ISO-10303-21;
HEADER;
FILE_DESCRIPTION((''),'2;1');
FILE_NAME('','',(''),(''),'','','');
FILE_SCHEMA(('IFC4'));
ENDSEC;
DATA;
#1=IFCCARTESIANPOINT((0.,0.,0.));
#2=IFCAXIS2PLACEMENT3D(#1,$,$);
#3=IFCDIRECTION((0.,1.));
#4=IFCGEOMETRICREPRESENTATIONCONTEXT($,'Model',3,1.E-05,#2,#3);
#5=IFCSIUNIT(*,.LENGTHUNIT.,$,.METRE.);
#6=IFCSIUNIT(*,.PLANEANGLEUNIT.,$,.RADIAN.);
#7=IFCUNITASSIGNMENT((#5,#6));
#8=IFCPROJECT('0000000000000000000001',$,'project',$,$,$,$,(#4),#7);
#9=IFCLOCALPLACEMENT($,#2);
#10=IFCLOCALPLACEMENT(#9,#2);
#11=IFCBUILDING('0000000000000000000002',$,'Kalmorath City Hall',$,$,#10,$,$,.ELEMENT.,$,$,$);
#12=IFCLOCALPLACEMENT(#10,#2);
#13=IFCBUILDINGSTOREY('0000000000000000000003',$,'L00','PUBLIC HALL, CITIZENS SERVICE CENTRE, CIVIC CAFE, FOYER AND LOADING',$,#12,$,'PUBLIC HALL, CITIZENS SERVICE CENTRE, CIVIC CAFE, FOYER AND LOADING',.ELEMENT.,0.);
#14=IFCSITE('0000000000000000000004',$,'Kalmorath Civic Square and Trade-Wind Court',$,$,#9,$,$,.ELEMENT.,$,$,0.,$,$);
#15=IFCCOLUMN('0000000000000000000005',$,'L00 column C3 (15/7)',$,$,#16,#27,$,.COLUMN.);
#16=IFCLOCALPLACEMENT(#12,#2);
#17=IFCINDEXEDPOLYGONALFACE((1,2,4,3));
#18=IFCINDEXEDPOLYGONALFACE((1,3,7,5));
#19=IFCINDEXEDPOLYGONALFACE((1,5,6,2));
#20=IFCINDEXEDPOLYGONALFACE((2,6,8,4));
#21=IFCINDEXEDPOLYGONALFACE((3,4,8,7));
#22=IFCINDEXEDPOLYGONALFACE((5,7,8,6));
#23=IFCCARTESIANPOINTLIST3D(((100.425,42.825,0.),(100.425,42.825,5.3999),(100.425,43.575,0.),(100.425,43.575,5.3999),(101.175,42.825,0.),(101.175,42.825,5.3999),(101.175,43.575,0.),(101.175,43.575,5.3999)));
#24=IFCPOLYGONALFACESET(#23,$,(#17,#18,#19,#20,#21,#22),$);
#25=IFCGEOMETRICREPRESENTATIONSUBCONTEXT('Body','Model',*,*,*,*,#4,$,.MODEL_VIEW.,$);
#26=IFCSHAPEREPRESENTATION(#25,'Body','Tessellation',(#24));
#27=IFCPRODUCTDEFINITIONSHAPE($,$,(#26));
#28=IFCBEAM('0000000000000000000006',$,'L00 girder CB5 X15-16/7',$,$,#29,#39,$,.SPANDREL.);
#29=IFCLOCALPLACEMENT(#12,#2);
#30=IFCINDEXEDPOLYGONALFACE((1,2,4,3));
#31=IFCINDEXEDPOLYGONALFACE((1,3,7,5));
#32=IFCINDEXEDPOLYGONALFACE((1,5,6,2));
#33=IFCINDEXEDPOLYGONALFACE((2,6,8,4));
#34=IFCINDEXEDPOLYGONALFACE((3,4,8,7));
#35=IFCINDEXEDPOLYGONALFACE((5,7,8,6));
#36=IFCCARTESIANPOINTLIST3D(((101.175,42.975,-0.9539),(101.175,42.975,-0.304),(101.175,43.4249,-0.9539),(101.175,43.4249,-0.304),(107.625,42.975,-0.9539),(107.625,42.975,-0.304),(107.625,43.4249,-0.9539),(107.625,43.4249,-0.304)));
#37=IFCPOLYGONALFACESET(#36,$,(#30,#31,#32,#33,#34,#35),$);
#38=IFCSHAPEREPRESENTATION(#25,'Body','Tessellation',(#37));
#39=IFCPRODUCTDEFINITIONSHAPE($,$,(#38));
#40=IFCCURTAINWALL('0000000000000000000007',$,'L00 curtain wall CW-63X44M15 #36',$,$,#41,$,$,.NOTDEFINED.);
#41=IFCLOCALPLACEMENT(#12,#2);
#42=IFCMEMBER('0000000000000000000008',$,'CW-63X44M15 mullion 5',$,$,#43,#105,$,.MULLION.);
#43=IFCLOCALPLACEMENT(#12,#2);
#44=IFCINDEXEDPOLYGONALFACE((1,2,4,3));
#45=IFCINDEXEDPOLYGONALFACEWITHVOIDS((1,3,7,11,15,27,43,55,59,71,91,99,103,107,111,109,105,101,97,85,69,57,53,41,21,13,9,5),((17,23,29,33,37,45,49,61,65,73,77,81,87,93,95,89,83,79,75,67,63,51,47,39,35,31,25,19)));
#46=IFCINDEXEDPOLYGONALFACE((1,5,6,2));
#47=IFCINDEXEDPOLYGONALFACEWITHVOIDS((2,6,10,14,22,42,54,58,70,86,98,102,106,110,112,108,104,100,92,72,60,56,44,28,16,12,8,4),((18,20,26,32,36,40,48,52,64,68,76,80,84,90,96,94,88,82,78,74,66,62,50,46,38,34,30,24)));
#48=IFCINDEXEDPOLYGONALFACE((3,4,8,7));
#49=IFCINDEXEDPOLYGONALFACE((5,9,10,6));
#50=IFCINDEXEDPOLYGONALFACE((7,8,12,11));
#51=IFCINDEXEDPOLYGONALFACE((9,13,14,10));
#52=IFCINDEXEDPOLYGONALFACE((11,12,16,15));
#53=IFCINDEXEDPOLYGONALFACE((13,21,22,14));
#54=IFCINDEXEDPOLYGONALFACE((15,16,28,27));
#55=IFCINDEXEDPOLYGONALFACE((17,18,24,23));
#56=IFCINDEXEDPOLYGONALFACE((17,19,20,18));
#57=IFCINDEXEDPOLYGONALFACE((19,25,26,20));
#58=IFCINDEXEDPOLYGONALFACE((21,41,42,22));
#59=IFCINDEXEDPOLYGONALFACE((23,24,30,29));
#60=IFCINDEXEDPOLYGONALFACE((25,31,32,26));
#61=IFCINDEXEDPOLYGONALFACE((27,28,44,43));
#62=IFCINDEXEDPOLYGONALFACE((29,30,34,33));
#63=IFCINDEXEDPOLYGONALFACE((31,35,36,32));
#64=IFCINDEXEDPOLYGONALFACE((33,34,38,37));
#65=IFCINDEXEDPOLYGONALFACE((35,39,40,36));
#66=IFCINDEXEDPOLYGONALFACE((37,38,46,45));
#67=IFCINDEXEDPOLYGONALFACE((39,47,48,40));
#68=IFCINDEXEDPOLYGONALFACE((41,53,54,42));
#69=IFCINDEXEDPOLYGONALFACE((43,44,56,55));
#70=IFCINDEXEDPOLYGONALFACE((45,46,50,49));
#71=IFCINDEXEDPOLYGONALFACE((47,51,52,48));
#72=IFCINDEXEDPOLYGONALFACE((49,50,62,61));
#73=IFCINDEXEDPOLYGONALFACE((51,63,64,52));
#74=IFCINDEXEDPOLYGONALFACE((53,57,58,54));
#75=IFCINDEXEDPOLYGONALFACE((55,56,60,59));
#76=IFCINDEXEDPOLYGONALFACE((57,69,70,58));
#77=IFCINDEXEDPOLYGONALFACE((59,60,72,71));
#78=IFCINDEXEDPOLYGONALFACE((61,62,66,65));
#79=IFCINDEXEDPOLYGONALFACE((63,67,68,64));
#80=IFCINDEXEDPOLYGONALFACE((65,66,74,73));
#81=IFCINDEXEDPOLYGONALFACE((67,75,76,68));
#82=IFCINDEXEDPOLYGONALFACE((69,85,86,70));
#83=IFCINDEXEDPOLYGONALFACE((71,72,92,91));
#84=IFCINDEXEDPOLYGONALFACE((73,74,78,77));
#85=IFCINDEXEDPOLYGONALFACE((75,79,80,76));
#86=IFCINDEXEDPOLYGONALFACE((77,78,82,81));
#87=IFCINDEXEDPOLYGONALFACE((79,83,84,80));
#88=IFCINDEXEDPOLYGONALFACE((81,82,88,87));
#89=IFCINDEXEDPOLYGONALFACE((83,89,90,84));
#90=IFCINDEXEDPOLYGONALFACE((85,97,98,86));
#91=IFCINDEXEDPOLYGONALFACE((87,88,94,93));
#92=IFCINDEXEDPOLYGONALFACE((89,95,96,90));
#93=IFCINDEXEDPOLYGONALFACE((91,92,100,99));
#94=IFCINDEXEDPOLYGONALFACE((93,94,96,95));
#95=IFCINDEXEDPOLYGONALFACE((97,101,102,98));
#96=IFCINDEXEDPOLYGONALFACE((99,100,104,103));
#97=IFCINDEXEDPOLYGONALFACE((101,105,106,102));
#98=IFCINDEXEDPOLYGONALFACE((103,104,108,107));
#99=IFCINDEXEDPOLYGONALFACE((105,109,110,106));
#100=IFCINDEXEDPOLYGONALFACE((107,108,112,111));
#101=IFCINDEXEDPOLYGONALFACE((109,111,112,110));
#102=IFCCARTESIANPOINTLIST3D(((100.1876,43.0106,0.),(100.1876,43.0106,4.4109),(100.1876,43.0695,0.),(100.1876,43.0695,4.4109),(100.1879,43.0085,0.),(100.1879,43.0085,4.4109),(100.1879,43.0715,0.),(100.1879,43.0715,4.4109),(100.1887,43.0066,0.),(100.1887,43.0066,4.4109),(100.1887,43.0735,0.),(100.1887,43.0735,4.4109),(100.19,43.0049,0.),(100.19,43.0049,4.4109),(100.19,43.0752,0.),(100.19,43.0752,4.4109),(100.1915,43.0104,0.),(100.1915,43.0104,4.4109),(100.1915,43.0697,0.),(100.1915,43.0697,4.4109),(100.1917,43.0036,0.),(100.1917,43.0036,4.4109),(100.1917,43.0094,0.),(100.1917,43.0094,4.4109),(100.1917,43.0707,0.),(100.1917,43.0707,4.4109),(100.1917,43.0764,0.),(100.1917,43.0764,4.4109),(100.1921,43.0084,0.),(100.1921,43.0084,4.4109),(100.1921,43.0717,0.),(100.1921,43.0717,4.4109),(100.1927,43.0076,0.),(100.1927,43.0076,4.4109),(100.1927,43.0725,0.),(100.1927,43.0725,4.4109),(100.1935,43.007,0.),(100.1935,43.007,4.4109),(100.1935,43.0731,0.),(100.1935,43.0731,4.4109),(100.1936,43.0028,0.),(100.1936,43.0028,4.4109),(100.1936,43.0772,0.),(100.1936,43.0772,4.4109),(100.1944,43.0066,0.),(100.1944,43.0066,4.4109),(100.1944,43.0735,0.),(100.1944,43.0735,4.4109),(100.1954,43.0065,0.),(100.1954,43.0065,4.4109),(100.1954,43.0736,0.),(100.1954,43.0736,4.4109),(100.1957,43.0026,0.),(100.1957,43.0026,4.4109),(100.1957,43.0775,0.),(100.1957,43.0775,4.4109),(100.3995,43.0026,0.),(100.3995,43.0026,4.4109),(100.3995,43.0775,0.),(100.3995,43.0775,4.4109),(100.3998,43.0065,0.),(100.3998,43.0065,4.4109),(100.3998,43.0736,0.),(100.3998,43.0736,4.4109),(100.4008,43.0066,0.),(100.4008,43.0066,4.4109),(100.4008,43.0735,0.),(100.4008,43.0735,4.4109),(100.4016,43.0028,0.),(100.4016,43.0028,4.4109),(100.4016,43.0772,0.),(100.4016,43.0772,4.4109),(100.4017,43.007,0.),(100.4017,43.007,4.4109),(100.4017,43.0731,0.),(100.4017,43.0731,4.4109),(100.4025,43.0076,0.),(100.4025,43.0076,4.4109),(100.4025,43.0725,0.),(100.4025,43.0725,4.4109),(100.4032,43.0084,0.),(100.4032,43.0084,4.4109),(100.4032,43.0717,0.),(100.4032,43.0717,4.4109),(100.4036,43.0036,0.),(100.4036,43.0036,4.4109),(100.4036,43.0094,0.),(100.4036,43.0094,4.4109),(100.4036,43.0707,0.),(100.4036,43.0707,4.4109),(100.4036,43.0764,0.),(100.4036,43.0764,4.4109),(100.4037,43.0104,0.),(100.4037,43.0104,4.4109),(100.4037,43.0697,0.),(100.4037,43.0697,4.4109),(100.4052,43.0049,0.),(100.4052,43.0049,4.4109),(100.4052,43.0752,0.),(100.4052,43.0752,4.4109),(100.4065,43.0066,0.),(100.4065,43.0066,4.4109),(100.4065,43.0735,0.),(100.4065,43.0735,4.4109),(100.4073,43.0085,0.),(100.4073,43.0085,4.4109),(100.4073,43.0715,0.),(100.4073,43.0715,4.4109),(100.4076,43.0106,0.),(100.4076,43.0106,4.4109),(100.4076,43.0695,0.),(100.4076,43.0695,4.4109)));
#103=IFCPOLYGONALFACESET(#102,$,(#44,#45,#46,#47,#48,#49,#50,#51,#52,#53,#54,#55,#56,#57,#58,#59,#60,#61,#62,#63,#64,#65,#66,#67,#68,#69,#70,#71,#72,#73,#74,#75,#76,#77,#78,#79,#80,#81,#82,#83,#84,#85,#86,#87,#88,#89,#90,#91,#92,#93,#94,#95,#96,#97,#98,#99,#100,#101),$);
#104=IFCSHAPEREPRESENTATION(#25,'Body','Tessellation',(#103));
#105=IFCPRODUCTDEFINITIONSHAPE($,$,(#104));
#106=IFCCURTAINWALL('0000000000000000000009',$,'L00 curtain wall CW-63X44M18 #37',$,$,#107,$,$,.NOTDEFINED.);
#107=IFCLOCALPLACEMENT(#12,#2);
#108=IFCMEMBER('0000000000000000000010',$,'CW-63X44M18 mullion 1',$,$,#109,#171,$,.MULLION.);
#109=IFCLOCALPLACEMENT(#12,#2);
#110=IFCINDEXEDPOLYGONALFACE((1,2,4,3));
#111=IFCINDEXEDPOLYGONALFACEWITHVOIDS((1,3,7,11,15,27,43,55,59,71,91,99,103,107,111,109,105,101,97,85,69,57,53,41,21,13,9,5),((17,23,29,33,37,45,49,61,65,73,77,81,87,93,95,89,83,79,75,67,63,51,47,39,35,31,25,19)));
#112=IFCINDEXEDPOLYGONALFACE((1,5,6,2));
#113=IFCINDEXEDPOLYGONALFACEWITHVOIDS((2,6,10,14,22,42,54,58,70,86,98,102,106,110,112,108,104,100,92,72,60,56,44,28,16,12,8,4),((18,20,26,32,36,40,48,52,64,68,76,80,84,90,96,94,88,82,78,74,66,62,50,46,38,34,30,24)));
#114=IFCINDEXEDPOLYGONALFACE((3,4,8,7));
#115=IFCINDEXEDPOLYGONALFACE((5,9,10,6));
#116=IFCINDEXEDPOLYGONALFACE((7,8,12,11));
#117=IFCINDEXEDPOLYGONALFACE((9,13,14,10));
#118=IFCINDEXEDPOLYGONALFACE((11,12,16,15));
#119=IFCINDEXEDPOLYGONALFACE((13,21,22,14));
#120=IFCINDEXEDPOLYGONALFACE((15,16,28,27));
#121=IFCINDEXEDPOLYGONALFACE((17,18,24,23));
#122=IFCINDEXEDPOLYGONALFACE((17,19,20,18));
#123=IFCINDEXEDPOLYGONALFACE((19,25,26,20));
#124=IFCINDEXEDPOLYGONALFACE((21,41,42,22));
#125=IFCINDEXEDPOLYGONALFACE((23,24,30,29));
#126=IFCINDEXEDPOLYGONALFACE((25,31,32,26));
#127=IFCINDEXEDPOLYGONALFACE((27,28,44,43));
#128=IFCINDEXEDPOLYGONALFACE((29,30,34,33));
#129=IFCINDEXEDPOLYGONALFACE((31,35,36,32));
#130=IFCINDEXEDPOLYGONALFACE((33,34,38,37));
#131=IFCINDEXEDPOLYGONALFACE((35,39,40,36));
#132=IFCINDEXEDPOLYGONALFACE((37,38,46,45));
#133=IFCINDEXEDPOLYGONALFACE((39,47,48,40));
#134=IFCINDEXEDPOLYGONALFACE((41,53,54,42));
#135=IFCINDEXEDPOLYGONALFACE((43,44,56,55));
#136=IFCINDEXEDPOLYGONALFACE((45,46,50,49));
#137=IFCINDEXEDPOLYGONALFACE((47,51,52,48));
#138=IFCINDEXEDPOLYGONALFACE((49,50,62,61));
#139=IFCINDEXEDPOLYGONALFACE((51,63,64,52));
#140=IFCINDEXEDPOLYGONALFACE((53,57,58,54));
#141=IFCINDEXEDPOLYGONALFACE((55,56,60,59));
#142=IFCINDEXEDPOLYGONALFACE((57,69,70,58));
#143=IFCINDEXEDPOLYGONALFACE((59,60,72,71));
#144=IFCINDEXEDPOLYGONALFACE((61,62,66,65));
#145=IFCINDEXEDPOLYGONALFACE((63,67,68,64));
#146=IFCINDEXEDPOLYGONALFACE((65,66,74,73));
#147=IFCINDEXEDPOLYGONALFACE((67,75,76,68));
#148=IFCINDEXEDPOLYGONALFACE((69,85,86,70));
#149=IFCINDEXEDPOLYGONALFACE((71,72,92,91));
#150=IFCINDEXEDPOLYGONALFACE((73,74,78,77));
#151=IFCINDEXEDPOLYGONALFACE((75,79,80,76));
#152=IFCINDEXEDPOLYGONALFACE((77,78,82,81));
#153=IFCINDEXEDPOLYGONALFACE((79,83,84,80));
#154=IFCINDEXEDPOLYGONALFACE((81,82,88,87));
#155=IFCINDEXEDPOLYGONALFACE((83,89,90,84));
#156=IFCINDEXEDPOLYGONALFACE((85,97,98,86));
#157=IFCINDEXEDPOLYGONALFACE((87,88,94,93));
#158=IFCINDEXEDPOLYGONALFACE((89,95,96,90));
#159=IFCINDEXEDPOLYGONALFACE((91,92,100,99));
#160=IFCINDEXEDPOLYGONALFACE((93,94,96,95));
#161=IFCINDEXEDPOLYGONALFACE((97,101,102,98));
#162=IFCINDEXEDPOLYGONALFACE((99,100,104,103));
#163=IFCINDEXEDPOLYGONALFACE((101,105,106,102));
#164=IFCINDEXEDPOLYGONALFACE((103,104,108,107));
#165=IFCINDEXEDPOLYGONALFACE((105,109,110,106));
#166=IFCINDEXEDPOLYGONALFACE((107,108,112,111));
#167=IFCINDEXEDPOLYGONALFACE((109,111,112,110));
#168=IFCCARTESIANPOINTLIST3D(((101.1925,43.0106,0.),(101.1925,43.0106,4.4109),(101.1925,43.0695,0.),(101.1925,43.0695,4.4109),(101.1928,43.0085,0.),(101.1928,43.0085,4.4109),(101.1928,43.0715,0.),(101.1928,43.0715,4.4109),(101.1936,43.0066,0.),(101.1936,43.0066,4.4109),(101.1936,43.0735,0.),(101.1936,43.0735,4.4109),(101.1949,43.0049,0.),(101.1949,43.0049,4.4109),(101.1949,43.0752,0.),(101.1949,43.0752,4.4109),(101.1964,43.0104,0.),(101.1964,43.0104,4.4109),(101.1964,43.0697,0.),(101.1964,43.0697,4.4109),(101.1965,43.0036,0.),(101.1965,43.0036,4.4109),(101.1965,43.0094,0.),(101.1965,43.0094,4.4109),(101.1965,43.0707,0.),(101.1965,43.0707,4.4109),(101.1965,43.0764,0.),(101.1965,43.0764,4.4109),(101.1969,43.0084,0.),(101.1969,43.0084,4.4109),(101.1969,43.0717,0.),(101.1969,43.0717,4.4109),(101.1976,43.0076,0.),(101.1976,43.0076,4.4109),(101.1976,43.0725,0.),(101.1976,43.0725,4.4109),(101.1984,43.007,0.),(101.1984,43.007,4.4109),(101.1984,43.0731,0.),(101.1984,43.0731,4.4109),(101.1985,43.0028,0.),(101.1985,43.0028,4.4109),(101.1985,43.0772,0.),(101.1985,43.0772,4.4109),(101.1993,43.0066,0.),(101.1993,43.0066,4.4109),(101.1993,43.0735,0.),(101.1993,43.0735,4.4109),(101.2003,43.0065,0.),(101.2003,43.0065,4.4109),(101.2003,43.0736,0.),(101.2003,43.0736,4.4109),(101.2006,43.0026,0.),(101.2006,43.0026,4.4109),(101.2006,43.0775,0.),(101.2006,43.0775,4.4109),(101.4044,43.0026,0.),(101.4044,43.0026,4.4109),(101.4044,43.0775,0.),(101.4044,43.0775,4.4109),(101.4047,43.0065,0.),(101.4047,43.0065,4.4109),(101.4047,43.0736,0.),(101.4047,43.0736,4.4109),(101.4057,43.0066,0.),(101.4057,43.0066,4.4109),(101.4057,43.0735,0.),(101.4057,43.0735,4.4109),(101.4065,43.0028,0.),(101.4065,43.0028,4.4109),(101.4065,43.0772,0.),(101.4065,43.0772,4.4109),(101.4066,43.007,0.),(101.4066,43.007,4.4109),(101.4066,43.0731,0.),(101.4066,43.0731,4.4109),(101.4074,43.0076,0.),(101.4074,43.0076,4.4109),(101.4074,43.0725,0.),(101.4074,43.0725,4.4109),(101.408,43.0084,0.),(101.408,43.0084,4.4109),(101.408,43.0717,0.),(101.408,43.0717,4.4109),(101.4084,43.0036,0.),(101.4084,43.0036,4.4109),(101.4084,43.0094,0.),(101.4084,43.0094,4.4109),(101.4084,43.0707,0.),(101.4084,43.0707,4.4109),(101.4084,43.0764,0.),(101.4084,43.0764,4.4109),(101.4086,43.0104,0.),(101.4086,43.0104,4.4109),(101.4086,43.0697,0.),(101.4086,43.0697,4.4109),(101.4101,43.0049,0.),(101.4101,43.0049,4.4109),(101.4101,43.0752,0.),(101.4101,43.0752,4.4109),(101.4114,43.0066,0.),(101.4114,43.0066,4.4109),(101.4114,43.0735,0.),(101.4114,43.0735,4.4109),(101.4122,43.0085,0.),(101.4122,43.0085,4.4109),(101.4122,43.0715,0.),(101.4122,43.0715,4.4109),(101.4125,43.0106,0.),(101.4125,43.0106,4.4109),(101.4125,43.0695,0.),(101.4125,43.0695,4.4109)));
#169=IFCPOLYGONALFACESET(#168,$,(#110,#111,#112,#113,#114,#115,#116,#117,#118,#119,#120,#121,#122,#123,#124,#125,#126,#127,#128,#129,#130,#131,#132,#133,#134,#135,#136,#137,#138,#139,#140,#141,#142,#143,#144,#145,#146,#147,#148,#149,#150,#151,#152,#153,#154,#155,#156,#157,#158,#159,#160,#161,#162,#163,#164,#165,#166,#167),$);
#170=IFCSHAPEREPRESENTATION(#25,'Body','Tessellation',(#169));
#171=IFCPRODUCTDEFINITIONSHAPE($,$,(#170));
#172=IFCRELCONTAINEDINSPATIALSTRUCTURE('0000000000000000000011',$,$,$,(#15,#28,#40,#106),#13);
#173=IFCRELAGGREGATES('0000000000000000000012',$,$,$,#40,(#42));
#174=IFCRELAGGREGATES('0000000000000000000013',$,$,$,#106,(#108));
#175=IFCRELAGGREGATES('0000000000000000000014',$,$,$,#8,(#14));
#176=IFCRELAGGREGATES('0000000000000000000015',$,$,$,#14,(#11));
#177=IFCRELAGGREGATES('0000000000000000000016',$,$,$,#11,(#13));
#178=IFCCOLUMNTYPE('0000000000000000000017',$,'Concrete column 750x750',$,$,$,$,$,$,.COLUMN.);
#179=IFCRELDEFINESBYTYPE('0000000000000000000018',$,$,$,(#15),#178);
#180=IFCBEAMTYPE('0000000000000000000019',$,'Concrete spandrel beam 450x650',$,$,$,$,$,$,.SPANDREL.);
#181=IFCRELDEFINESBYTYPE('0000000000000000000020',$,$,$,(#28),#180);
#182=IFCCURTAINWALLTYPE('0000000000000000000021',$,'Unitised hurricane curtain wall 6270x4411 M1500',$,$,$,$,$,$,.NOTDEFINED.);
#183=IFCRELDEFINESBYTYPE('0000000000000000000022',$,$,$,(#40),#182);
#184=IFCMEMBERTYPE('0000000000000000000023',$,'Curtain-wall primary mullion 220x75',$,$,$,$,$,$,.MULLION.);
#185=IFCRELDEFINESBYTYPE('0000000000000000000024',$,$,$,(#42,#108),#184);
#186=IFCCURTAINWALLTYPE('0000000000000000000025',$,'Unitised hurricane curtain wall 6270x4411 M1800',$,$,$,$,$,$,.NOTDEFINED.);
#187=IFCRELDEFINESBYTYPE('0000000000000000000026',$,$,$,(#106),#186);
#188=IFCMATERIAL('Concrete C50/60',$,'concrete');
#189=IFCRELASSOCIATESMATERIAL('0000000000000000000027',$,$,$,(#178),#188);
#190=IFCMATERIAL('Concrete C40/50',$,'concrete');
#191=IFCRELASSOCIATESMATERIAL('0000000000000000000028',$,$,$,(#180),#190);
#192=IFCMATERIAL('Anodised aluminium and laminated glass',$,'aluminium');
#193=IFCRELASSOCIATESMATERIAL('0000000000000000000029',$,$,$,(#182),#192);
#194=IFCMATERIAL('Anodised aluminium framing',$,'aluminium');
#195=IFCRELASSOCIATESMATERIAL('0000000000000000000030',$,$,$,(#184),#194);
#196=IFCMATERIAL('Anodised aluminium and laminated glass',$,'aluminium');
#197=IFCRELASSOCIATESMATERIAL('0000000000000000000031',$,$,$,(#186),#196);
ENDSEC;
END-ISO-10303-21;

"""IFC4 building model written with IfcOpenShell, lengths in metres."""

from ifc_helpers import new_model, si_unit, direction, frame, origin, origin_2d, place, context, subcontext, project, spatial, rectangle, hollow_rectangle, extrude, material, material_profile, profile_set, type_object, element, aggregate, save


model = new_model("IFC4")

# Units and contexts
model_context = context("Model", 3, precision=1e-05, world=origin(), true_north=direction((0.0, 1.0)))
body_context = subcontext(model_context, "Body", "Model", "MODEL_VIEW")
ifc_project = project(units=[si_unit("LENGTHUNIT", "METRE"), si_unit("PLANEANGLEUNIT", "RADIAN")], contexts=[model_context])

# Site, building, storey
site_placement = place(None, origin())
site = spatial("IfcSite", under=ifc_project, at=site_placement, Name="Kalmorath Civic Square and Trade-Wind Court", CompositionType="ELEMENT", RefElevation=0.0)
building_placement = place(site_placement, origin())
building = spatial("IfcBuilding", under=site, at=building_placement, Name="Kalmorath City Hall", CompositionType="ELEMENT")
storey_placement = place(building_placement, origin())
storey = spatial("IfcBuildingStorey", under=building, at=storey_placement, Name="L00", Description="PUBLIC HALL, CITIZENS SERVICE CENTRE, CIVIC CAFE, FOYER AND LOADING", LongName="PUBLIC HALL, CITIZENS SERVICE CENTRE, CIVIC CAFE, FOYER AND LOADING", CompositionType="ELEMENT", Elevation=0.0)

# Column
ifc_material_1 = material(Name="Concrete C50/60", Category="concrete")
ifc_material_profile_1 = material_profile(ifc_material_1, rectangle(XDim=0.75, YDim=0.75, at=origin_2d()), Name="RC-COL-750X750")
ifc_profile_set_1 = profile_set([ifc_material_profile_1], Name="Concrete C50/60")
column_type = type_object("IfcColumnType", Name="Concrete column 750x750", PredefinedType="COLUMN", material=ifc_profile_set_1)
column_placement = place(storey_placement, frame((100.8, 43.2, 0.0), z_axis=(0.0, 0.0, 1.0), x_axis=(1.0, 0.0, 0.0)))
element("IfcColumn", 1, at=column_placement, inside=storey, type_object=column_type, Name="L00 column C3 (15/7)", PredefinedType="COLUMN", context=body_context, shape_type="SweptSolid", body=[
    extrude(rectangle(XDim=0.75, YDim=0.75, at=origin_2d()), origin(), (0.0, 0.0, 1.0), 5.3999),
])

# Beam
ifc_material_2 = material(Name="Concrete C40/50", Category="concrete")
ifc_material_profile_2 = material_profile(ifc_material_2, rectangle(XDim=0.45, YDim=0.6499, at=origin_2d()), Name="RC-BM-450X650")
ifc_profile_set_2 = profile_set([ifc_material_profile_2], Name="Concrete C40/50")
beam_type = type_object("IfcBeamType", Name="Concrete spandrel beam 450x650", PredefinedType="SPANDREL", material=ifc_profile_set_2)
beam_placement = place(storey_placement, frame((101.175, 43.2, -0.6289), z_axis=(1.0, 0.0, 0.0), x_axis=(0.0, 1.0, 0.0)))
element("IfcBeam", 2, at=beam_placement, inside=storey, type_object=beam_type, Name="L00 girder CB5 X15-16/7", PredefinedType="SPANDREL", context=body_context, shape_type="SweptSolid", body=[
    extrude(rectangle(XDim=0.45, YDim=0.6499, at=origin_2d()), origin(), (0.0, 0.0, 1.0), 6.45),
])

# Curtain wall, member
ifc_material_3 = material(Name="Anodised aluminium and laminated glass", Category="aluminium")
curtain_wall_type_1 = type_object("IfcCurtainWallType", Name="Unitised hurricane curtain wall 6270x4411 M1500", PredefinedType="NOTDEFINED", material=ifc_material_3)
curtain_wall_1_placement = place(storey_placement, origin())
curtain_wall_1 = element("IfcCurtainWall", 3, at=curtain_wall_1_placement, inside=storey, type_object=curtain_wall_type_1, Name="L00 curtain wall CW-63X44M15 #36", PredefinedType="NOTDEFINED")
ifc_material_4 = material(Name="Anodised aluminium framing", Category="aluminium")
ifc_material_profile_3 = material_profile(ifc_material_4, hollow_rectangle(XDim=0.075, YDim=0.22, WallThickness=0.0039, InnerFilletRadius=0.0039, OuterFilletRadius=0.0081, at=origin_2d()), Name="ALU-MUL-220X75X4")
ifc_profile_set_3 = profile_set([ifc_material_profile_3], Name="Anodised aluminium framing")
member_type_1 = type_object("IfcMemberType", Name="Curtain-wall primary mullion 220x75", PredefinedType="MULLION", material=ifc_profile_set_3)
member_1_placement = place(storey_placement, frame((100.2976, 43.04, 0.0), z_axis=(0.0, 0.0, 1.0), x_axis=(0.0, 1.0, 0.0)))
member_1 = element("IfcMember", 4, at=member_1_placement, type_object=member_type_1, Name="CW-63X44M15 mullion 5", PredefinedType="MULLION", context=body_context, shape_type="SweptSolid", body=[
    extrude(hollow_rectangle(XDim=0.075, YDim=0.22, WallThickness=0.0039, InnerFilletRadius=0.0039, OuterFilletRadius=0.0081, at=origin_2d()), origin(), (0.0, 0.0, 1.0), 4.4109),
])

# Curtain wall, member
ifc_material_5 = material(Name="Anodised aluminium and laminated glass", Category="aluminium")
curtain_wall_type_2 = type_object("IfcCurtainWallType", Name="Unitised hurricane curtain wall 6270x4411 M1800", PredefinedType="NOTDEFINED", material=ifc_material_5)
curtain_wall_2_placement = place(storey_placement, origin())
curtain_wall_2 = element("IfcCurtainWall", 5, at=curtain_wall_2_placement, inside=storey, type_object=curtain_wall_type_2, Name="L00 curtain wall CW-63X44M18 #37", PredefinedType="NOTDEFINED")
member_2_placement = place(storey_placement, frame((101.3025, 43.04, 0.0), z_axis=(0.0, 0.0, 1.0), x_axis=(0.0, 1.0, 0.0)))
member_2 = element("IfcMember", 6, at=member_2_placement, type_object=member_type_1, Name="CW-63X44M18 mullion 1", PredefinedType="MULLION", context=body_context, shape_type="SweptSolid", body=[
    extrude(hollow_rectangle(XDim=0.075, YDim=0.22, WallThickness=0.0039, InnerFilletRadius=0.0039, OuterFilletRadius=0.0081, at=origin_2d()), origin(), (0.0, 0.0, 1.0), 4.4109),
])

aggregate(curtain_wall_1, [member_1])
aggregate(curtain_wall_2, [member_2])

save(model, "model.ifc")
